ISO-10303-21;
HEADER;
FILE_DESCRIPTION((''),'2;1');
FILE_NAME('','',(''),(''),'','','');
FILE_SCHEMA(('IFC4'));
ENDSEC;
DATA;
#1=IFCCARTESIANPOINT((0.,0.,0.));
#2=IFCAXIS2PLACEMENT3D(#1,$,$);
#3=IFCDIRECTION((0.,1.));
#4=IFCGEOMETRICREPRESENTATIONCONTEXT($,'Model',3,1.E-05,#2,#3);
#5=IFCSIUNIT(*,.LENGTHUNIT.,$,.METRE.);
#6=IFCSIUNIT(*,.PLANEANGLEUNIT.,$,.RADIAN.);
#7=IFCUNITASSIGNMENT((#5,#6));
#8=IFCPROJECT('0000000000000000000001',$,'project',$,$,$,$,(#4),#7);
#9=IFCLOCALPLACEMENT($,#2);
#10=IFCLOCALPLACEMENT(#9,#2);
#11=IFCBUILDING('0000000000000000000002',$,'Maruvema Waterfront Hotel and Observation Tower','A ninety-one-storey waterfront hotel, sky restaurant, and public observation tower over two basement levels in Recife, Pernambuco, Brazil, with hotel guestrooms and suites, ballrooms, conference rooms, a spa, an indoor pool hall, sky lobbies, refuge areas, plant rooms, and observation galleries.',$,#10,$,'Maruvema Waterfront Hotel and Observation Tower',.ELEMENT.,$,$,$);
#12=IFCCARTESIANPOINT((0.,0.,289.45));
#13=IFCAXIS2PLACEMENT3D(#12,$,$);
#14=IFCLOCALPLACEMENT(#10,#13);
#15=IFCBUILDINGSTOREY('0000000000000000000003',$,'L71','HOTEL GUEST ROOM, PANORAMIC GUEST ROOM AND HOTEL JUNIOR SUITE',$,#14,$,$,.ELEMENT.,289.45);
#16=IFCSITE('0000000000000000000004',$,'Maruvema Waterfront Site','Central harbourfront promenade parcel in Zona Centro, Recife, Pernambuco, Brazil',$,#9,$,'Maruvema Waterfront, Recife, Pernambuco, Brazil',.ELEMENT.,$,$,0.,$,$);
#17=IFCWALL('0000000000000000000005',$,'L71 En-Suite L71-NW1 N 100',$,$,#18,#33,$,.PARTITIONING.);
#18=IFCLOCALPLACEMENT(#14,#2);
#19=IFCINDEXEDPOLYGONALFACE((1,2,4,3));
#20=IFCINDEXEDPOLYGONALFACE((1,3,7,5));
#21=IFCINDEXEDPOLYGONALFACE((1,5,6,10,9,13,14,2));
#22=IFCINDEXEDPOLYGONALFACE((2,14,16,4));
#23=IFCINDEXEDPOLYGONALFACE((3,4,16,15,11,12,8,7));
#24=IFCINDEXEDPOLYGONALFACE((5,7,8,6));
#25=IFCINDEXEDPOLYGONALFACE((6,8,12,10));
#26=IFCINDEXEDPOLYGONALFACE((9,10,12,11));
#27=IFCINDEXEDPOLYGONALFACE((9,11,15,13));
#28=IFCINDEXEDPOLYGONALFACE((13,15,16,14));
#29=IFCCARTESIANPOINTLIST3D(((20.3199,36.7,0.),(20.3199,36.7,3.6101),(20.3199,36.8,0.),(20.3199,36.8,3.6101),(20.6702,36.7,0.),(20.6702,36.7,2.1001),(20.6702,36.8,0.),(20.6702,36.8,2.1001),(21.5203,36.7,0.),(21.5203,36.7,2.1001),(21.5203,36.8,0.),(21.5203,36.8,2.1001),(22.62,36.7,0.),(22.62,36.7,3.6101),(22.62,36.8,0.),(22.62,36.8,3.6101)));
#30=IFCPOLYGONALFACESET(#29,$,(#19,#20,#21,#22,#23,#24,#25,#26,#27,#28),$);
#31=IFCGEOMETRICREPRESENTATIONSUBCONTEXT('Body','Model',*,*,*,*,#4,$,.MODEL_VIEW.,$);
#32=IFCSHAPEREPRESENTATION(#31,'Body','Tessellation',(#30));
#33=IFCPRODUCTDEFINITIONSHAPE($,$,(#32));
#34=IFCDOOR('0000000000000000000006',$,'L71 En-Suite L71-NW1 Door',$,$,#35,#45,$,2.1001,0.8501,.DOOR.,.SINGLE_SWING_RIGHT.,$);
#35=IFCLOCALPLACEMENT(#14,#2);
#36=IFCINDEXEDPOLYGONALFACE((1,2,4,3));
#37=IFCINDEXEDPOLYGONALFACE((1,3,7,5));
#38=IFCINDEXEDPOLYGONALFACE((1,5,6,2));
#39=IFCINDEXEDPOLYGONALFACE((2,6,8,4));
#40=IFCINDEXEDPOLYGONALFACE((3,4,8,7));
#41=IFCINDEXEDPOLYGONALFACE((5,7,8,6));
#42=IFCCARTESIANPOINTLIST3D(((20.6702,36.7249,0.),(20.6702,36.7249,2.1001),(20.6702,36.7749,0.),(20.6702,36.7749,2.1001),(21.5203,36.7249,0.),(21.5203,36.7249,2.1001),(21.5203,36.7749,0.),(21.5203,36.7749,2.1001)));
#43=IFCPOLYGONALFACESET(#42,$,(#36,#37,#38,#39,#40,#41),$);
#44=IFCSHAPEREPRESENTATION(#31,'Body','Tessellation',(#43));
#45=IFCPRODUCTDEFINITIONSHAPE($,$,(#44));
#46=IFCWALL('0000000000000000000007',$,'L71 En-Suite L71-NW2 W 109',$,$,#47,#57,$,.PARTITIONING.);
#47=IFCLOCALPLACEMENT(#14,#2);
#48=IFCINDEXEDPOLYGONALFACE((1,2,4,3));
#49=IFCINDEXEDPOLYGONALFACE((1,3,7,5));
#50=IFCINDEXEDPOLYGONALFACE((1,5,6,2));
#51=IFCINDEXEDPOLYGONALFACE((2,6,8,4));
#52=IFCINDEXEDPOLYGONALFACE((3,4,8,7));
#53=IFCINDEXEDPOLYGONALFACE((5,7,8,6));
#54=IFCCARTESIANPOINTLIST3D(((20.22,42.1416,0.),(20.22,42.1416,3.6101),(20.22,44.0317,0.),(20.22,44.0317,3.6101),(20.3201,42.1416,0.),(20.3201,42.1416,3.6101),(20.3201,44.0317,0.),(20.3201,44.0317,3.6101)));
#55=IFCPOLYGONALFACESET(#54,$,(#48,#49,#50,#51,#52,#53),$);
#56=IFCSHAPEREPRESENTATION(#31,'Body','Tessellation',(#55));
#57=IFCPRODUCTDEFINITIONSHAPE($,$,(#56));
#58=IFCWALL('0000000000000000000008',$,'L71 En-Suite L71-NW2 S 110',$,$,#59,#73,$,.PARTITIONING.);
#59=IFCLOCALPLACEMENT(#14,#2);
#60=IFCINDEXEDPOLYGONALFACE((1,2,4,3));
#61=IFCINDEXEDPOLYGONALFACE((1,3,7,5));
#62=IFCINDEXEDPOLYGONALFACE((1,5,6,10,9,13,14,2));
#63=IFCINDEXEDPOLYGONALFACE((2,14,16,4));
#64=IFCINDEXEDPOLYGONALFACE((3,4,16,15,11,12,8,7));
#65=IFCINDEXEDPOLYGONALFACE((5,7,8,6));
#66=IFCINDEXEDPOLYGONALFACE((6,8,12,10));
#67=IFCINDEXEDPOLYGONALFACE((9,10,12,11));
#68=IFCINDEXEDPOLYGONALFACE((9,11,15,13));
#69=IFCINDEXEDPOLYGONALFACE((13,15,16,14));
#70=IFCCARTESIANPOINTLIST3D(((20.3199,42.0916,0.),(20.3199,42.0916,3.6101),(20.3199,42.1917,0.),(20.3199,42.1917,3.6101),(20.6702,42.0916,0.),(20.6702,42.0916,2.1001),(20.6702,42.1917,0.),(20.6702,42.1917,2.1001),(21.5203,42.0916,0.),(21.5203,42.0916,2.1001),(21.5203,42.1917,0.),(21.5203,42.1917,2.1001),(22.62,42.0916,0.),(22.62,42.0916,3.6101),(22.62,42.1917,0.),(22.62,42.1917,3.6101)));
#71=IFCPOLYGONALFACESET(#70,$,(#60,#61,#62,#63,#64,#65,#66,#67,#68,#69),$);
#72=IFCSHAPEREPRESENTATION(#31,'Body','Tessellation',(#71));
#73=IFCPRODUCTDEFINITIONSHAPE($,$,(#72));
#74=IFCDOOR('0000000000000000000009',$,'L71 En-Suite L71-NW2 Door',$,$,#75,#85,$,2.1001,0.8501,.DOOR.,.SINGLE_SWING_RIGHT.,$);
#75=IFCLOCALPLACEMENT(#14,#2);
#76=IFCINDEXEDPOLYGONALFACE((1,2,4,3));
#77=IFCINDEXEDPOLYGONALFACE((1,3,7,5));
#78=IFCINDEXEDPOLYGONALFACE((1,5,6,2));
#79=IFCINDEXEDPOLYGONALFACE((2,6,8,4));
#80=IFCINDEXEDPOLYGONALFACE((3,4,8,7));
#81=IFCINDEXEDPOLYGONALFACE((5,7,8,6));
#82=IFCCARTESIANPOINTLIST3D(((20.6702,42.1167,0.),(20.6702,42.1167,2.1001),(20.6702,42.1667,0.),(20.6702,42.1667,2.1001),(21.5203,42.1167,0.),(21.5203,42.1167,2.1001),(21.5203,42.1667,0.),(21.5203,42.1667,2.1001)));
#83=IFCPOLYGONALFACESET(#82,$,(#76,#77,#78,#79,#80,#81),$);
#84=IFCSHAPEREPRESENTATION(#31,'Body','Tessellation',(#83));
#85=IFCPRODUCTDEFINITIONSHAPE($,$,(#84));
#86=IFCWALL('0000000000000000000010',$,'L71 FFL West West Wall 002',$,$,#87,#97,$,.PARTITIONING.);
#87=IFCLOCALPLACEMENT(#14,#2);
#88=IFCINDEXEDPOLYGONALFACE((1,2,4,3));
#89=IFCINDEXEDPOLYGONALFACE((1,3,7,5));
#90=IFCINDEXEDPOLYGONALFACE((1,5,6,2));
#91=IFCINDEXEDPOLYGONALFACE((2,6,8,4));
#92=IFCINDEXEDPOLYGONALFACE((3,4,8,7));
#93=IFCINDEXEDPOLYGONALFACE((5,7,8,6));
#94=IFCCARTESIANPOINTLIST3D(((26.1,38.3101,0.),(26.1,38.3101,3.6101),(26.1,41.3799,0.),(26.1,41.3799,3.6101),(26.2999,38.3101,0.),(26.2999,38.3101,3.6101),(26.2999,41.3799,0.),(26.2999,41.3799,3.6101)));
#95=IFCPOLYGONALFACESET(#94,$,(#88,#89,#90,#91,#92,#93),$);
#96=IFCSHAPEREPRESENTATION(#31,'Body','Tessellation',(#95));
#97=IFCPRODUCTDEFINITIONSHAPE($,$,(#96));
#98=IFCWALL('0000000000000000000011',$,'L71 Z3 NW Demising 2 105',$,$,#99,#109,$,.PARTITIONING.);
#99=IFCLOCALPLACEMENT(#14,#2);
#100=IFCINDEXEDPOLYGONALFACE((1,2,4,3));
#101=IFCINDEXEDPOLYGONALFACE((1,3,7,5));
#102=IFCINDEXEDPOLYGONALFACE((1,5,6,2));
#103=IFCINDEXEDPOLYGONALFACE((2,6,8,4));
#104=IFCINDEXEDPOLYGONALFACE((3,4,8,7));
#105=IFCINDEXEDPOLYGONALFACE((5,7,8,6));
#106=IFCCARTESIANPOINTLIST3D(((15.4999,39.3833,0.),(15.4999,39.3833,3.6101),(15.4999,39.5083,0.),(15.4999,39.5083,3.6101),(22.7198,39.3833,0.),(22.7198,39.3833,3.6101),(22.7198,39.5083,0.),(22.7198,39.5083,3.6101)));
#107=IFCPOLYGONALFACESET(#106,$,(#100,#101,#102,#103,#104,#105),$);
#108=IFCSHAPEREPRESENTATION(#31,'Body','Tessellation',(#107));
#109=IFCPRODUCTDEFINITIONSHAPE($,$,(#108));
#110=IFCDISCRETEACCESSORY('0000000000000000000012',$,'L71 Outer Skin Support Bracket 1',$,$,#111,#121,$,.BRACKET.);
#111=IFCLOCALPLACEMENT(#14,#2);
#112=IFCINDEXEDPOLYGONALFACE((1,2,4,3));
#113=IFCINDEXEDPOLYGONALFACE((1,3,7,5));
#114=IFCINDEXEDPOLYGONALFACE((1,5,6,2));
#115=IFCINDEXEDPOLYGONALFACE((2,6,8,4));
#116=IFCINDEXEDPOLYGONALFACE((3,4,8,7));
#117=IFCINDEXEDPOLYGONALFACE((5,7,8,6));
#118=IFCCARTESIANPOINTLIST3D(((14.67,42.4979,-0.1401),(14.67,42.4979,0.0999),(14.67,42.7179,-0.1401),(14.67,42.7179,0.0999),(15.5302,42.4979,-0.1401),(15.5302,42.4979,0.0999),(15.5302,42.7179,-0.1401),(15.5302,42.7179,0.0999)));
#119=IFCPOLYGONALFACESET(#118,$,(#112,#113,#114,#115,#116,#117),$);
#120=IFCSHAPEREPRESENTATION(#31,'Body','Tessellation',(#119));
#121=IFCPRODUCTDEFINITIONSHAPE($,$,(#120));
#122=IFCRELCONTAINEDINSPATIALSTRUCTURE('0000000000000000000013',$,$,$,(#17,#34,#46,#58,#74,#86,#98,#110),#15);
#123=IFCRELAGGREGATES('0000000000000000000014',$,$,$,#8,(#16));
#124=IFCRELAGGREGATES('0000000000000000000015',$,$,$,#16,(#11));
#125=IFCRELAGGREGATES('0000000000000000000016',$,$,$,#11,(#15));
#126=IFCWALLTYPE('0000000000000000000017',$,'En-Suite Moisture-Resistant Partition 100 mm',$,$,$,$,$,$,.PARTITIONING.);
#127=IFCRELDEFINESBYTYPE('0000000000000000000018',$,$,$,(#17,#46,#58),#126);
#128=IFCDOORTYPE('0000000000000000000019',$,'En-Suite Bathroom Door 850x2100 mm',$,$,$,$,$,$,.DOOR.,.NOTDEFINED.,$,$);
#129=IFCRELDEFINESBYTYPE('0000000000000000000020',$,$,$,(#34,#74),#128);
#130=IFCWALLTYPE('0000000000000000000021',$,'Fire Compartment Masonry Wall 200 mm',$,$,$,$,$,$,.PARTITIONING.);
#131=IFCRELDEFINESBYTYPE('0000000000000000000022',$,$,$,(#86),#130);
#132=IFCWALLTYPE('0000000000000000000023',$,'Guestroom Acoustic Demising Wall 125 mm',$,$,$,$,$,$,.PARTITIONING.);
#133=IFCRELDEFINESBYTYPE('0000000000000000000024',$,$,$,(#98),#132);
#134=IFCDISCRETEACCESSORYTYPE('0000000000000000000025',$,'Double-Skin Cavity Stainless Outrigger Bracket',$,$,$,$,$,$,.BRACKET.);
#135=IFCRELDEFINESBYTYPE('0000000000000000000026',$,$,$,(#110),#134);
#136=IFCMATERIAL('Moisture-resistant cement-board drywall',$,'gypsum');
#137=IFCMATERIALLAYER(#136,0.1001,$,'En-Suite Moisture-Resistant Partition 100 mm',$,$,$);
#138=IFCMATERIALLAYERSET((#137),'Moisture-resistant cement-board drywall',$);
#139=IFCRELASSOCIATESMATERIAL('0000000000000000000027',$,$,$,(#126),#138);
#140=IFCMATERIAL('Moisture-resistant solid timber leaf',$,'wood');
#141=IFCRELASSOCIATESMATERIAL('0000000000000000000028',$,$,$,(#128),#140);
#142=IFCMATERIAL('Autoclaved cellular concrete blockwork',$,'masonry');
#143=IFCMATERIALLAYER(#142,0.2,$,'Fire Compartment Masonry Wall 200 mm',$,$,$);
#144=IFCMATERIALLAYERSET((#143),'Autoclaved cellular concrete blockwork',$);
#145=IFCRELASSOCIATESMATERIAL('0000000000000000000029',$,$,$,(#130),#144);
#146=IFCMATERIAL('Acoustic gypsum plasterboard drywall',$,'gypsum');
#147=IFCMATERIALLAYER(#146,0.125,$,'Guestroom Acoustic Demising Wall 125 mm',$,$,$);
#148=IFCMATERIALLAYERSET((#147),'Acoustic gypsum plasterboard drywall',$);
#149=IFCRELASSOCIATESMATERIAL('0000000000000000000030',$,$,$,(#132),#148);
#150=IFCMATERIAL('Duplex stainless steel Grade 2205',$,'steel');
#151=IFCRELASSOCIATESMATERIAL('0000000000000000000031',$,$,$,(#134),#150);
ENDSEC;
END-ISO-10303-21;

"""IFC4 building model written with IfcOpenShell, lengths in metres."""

from ifc_helpers import new_model, si_unit, direction, frame, frame_2d, origin, origin_2d, place, context, subcontext, project, spatial, rectangle, extrude, material, layer, layer_set, type_object, element, fill, save


model = new_model("IFC4")

# Units and contexts
model_context = context("Model", 3, precision=1e-05, world=origin(), true_north=direction((0.0, 1.0)))
body_context = subcontext(model_context, "Body", "Model", "MODEL_VIEW")
ifc_project = project(units=[si_unit("LENGTHUNIT", "METRE"), si_unit("PLANEANGLEUNIT", "RADIAN")], contexts=[model_context])

# Site, building, storey
site_placement = place(None, origin())
site = spatial("IfcSite", under=ifc_project, at=site_placement, Name="Maruvema Waterfront Site", Description="Central harbourfront promenade parcel in Zona Centro, Recife, Pernambuco, Brazil", LongName="Maruvema Waterfront, Recife, Pernambuco, Brazil", CompositionType="ELEMENT", RefElevation=0.0)
building_placement = place(site_placement, origin())
building = spatial("IfcBuilding", under=site, at=building_placement, Name="Maruvema Waterfront Hotel and Observation Tower", Description="A ninety-one-storey waterfront hotel, sky restaurant, and public observation tower over two basement levels in Recife, Pernambuco, Brazil, with hotel guestrooms and suites, ballrooms, conference rooms, a spa, an indoor pool hall, sky lobbies, refuge areas, plant rooms, and observation galleries.", LongName="Maruvema Waterfront Hotel and Observation Tower", CompositionType="ELEMENT")
storey_placement = place(building_placement, frame((0.0, 0.0, 289.45)))
storey = spatial("IfcBuildingStorey", under=building, at=storey_placement, Name="L71", Description="HOTEL GUEST ROOM, PANORAMIC GUEST ROOM AND HOTEL JUNIOR SUITE", CompositionType="ELEMENT", Elevation=289.45)

# Wall, opening, door
ifc_material_1 = material(Name="Moisture-resistant cement-board drywall", Category="gypsum")
ifc_layer_1 = layer(ifc_material_1, 0.1001, Name="En-Suite Moisture-Resistant Partition 100 mm")
ifc_layer_set_1 = layer_set([ifc_layer_1], Name="Moisture-resistant cement-board drywall")
wall_type_1 = type_object("IfcWallType", Name="En-Suite Moisture-Resistant Partition 100 mm", PredefinedType="PARTITIONING", material=ifc_layer_set_1)
wall_1_placement = place(storey_placement, frame((20.3201, 36.75, 0.0), z_axis=(0.0, 0.0, 1.0), x_axis=(1.0, 0.0, 0.0)))
wall_1 = element("IfcWall", 1, at=wall_1_placement, inside=storey, type_object=wall_type_1, Name="L71 En-Suite L71-NW1 N 100", PredefinedType="PARTITIONING", context=body_context, shape_type="SweptSolid", body=[
    extrude(rectangle(XDim=2.3, YDim=0.1001, at=frame_2d((1.1499, 0.0))), origin(), (0.0, 0.0, 1.0), 3.6101),
])
opening_1_placement = place(wall_1_placement, frame((0.3501, 0.0, 0.0)))
opening_1 = element("IfcOpeningElement", 2, at=opening_1_placement, cuts=wall_1, PredefinedType="OPENING", context=body_context, shape_type="SweptSolid", body=[
    extrude(rectangle(XDim=0.8501, YDim=2.1001, at=frame_2d((0.425, 1.05))), frame((0.0, 0.0601, 0.0), z_axis=(0.0, -1.0, 0.0), x_axis=(1.0, 0.0, 0.0)), (0.0, 0.0, 1.0), 0.1201),
])
ifc_material_2 = material(Name="Moisture-resistant solid timber leaf", Category="wood")
door_type_1 = type_object("IfcDoorType", Name="En-Suite Bathroom Door 850x2100 mm", OperationType="NOTDEFINED", PredefinedType="DOOR", material=ifc_material_2)
door_1_placement = place(opening_1_placement, origin())
door_1 = element("IfcDoor", 3, at=door_1_placement, inside=storey, type_object=door_type_1, Name="L71 En-Suite L71-NW1 Door", OperationType="SINGLE_SWING_RIGHT", OverallHeight=2.1001, OverallWidth=0.8501, PredefinedType="DOOR", context=body_context, shape_type="SweptSolid", body=[
    extrude(rectangle(XDim=0.8501, YDim=2.1001, at=frame_2d((0.425, 1.05))), frame((0.0, 0.0249, 0.0), z_axis=(0.0, -1.0, 0.0), x_axis=(1.0, 0.0, 0.0)), (0.0, 0.0, 1.0), 0.05),
])
fill(opening_1, door_1)

# Wall
wall_2_placement = place(storey_placement, frame((20.27, 42.1416, 0.0), z_axis=(0.0, 0.0, 1.0), x_axis=(0.0, 1.0, 0.0)))
element("IfcWall", 4, at=wall_2_placement, inside=storey, type_object=wall_type_1, Name="L71 En-Suite L71-NW2 W 109", PredefinedType="PARTITIONING", context=body_context, shape_type="SweptSolid", body=[
    extrude(rectangle(XDim=1.8901, YDim=0.1001, at=frame_2d((0.9451, 0.0))), origin(), (0.0, 0.0, 1.0), 3.6101),
])

# Wall, opening, door
wall_3_placement = place(storey_placement, frame((20.3201, 42.1416, 0.0), z_axis=(0.0, 0.0, 1.0), x_axis=(1.0, 0.0, 0.0)))
wall_3 = element("IfcWall", 5, at=wall_3_placement, inside=storey, type_object=wall_type_1, Name="L71 En-Suite L71-NW2 S 110", PredefinedType="PARTITIONING", context=body_context, shape_type="SweptSolid", body=[
    extrude(rectangle(XDim=2.3, YDim=0.1001, at=frame_2d((1.1499, 0.0))), origin(), (0.0, 0.0, 1.0), 3.6101),
])
opening_2_placement = place(wall_3_placement, frame((0.3501, 0.0, 0.0)))
opening_2 = element("IfcOpeningElement", 6, at=opening_2_placement, cuts=wall_3, PredefinedType="OPENING", context=body_context, shape_type="SweptSolid", body=[
    extrude(rectangle(XDim=0.8501, YDim=2.1001, at=frame_2d((0.425, 1.05))), frame((0.0, 0.0601, 0.0), z_axis=(0.0, -1.0, 0.0), x_axis=(1.0, 0.0, 0.0)), (0.0, 0.0, 1.0), 0.1201),
])
door_2_placement = place(opening_2_placement, frame((0.8501, 0.0, 0.0), z_axis=(0.0, 0.0, 1.0), x_axis=(-1.0, 0.0, 0.0)))
door_2 = element("IfcDoor", 7, at=door_2_placement, inside=storey, type_object=door_type_1, Name="L71 En-Suite L71-NW2 Door", OperationType="SINGLE_SWING_RIGHT", OverallHeight=2.1001, OverallWidth=0.8501, PredefinedType="DOOR", context=body_context, shape_type="SweptSolid", body=[
    extrude(rectangle(XDim=0.8501, YDim=2.1001, at=frame_2d((0.425, 1.05))), frame((0.0, 0.0249, 0.0), z_axis=(0.0, -1.0, 0.0), x_axis=(1.0, 0.0, 0.0)), (0.0, 0.0, 1.0), 0.05),
])
fill(opening_2, door_2)
ifc_material_3 = material(Name="Autoclaved cellular concrete blockwork", Category="masonry")
ifc_layer_2 = layer(ifc_material_3, 0.2, Name="Fire Compartment Masonry Wall 200 mm")
ifc_layer_set_2 = layer_set([ifc_layer_2], Name="Autoclaved cellular concrete blockwork")
wall_type_2 = type_object("IfcWallType", Name="Fire Compartment Masonry Wall 200 mm", PredefinedType="PARTITIONING", material=ifc_layer_set_2)

# Walls
wall_4_placement = place(storey_placement, frame((26.2, 38.3101, 0.0), z_axis=(0.0, 0.0, 1.0), x_axis=(0.0, 1.0, 0.0)))
element("IfcWall", 8, at=wall_4_placement, inside=storey, type_object=wall_type_2, Name="L71 FFL West West Wall 002", PredefinedType="PARTITIONING", context=body_context, shape_type="SweptSolid", body=[
    extrude(rectangle(XDim=3.0698, YDim=0.2, at=frame_2d((1.5349, 0.0))), origin(), (0.0, 0.0, 1.0), 3.6101),
])
ifc_material_4 = material(Name="Acoustic gypsum plasterboard drywall", Category="gypsum")
ifc_layer_3 = layer(ifc_material_4, 0.125, Name="Guestroom Acoustic Demising Wall 125 mm")
ifc_layer_set_3 = layer_set([ifc_layer_3], Name="Acoustic gypsum plasterboard drywall")
wall_type_3 = type_object("IfcWallType", Name="Guestroom Acoustic Demising Wall 125 mm", PredefinedType="PARTITIONING", material=ifc_layer_set_3)
wall_5_placement = place(storey_placement, frame((15.5, 39.4458, 0.0), z_axis=(0.0, 0.0, 1.0), x_axis=(1.0, 0.0, 0.0)))
element("IfcWall", 9, at=wall_5_placement, inside=storey, type_object=wall_type_3, Name="L71 Z3 NW Demising 2 105", PredefinedType="PARTITIONING", context=body_context, shape_type="SweptSolid", body=[
    extrude(rectangle(XDim=7.22, YDim=0.125, at=frame_2d((3.6099, 0.0))), origin(), (0.0, 0.0, 1.0), 3.6101),
])

# Discrete accessory
ifc_material_5 = material(Name="Duplex stainless steel Grade 2205", Category="steel")
discrete_accessory_type = type_object("IfcDiscreteAccessoryType", Name="Double-Skin Cavity Stainless Outrigger Bracket", PredefinedType="BRACKET", material=ifc_material_5)
discrete_accessory_placement = place(storey_placement, frame((15.1001, 42.6079, -0.1401), z_axis=(0.0, 0.0, 1.0), x_axis=(0.0, -1.0, 0.0)))
element("IfcDiscreteAccessory", 10, at=discrete_accessory_placement, inside=storey, type_object=discrete_accessory_type, Name="L71 Outer Skin Support Bracket 1", PredefinedType="BRACKET", context=body_context, shape_type="SweptSolid", body=[
    extrude(rectangle(XDim=0.22, YDim=0.8601, at=origin_2d()), origin(), (0.0, 0.0, 1.0), 0.24),
])

save(model, "model.ifc")
